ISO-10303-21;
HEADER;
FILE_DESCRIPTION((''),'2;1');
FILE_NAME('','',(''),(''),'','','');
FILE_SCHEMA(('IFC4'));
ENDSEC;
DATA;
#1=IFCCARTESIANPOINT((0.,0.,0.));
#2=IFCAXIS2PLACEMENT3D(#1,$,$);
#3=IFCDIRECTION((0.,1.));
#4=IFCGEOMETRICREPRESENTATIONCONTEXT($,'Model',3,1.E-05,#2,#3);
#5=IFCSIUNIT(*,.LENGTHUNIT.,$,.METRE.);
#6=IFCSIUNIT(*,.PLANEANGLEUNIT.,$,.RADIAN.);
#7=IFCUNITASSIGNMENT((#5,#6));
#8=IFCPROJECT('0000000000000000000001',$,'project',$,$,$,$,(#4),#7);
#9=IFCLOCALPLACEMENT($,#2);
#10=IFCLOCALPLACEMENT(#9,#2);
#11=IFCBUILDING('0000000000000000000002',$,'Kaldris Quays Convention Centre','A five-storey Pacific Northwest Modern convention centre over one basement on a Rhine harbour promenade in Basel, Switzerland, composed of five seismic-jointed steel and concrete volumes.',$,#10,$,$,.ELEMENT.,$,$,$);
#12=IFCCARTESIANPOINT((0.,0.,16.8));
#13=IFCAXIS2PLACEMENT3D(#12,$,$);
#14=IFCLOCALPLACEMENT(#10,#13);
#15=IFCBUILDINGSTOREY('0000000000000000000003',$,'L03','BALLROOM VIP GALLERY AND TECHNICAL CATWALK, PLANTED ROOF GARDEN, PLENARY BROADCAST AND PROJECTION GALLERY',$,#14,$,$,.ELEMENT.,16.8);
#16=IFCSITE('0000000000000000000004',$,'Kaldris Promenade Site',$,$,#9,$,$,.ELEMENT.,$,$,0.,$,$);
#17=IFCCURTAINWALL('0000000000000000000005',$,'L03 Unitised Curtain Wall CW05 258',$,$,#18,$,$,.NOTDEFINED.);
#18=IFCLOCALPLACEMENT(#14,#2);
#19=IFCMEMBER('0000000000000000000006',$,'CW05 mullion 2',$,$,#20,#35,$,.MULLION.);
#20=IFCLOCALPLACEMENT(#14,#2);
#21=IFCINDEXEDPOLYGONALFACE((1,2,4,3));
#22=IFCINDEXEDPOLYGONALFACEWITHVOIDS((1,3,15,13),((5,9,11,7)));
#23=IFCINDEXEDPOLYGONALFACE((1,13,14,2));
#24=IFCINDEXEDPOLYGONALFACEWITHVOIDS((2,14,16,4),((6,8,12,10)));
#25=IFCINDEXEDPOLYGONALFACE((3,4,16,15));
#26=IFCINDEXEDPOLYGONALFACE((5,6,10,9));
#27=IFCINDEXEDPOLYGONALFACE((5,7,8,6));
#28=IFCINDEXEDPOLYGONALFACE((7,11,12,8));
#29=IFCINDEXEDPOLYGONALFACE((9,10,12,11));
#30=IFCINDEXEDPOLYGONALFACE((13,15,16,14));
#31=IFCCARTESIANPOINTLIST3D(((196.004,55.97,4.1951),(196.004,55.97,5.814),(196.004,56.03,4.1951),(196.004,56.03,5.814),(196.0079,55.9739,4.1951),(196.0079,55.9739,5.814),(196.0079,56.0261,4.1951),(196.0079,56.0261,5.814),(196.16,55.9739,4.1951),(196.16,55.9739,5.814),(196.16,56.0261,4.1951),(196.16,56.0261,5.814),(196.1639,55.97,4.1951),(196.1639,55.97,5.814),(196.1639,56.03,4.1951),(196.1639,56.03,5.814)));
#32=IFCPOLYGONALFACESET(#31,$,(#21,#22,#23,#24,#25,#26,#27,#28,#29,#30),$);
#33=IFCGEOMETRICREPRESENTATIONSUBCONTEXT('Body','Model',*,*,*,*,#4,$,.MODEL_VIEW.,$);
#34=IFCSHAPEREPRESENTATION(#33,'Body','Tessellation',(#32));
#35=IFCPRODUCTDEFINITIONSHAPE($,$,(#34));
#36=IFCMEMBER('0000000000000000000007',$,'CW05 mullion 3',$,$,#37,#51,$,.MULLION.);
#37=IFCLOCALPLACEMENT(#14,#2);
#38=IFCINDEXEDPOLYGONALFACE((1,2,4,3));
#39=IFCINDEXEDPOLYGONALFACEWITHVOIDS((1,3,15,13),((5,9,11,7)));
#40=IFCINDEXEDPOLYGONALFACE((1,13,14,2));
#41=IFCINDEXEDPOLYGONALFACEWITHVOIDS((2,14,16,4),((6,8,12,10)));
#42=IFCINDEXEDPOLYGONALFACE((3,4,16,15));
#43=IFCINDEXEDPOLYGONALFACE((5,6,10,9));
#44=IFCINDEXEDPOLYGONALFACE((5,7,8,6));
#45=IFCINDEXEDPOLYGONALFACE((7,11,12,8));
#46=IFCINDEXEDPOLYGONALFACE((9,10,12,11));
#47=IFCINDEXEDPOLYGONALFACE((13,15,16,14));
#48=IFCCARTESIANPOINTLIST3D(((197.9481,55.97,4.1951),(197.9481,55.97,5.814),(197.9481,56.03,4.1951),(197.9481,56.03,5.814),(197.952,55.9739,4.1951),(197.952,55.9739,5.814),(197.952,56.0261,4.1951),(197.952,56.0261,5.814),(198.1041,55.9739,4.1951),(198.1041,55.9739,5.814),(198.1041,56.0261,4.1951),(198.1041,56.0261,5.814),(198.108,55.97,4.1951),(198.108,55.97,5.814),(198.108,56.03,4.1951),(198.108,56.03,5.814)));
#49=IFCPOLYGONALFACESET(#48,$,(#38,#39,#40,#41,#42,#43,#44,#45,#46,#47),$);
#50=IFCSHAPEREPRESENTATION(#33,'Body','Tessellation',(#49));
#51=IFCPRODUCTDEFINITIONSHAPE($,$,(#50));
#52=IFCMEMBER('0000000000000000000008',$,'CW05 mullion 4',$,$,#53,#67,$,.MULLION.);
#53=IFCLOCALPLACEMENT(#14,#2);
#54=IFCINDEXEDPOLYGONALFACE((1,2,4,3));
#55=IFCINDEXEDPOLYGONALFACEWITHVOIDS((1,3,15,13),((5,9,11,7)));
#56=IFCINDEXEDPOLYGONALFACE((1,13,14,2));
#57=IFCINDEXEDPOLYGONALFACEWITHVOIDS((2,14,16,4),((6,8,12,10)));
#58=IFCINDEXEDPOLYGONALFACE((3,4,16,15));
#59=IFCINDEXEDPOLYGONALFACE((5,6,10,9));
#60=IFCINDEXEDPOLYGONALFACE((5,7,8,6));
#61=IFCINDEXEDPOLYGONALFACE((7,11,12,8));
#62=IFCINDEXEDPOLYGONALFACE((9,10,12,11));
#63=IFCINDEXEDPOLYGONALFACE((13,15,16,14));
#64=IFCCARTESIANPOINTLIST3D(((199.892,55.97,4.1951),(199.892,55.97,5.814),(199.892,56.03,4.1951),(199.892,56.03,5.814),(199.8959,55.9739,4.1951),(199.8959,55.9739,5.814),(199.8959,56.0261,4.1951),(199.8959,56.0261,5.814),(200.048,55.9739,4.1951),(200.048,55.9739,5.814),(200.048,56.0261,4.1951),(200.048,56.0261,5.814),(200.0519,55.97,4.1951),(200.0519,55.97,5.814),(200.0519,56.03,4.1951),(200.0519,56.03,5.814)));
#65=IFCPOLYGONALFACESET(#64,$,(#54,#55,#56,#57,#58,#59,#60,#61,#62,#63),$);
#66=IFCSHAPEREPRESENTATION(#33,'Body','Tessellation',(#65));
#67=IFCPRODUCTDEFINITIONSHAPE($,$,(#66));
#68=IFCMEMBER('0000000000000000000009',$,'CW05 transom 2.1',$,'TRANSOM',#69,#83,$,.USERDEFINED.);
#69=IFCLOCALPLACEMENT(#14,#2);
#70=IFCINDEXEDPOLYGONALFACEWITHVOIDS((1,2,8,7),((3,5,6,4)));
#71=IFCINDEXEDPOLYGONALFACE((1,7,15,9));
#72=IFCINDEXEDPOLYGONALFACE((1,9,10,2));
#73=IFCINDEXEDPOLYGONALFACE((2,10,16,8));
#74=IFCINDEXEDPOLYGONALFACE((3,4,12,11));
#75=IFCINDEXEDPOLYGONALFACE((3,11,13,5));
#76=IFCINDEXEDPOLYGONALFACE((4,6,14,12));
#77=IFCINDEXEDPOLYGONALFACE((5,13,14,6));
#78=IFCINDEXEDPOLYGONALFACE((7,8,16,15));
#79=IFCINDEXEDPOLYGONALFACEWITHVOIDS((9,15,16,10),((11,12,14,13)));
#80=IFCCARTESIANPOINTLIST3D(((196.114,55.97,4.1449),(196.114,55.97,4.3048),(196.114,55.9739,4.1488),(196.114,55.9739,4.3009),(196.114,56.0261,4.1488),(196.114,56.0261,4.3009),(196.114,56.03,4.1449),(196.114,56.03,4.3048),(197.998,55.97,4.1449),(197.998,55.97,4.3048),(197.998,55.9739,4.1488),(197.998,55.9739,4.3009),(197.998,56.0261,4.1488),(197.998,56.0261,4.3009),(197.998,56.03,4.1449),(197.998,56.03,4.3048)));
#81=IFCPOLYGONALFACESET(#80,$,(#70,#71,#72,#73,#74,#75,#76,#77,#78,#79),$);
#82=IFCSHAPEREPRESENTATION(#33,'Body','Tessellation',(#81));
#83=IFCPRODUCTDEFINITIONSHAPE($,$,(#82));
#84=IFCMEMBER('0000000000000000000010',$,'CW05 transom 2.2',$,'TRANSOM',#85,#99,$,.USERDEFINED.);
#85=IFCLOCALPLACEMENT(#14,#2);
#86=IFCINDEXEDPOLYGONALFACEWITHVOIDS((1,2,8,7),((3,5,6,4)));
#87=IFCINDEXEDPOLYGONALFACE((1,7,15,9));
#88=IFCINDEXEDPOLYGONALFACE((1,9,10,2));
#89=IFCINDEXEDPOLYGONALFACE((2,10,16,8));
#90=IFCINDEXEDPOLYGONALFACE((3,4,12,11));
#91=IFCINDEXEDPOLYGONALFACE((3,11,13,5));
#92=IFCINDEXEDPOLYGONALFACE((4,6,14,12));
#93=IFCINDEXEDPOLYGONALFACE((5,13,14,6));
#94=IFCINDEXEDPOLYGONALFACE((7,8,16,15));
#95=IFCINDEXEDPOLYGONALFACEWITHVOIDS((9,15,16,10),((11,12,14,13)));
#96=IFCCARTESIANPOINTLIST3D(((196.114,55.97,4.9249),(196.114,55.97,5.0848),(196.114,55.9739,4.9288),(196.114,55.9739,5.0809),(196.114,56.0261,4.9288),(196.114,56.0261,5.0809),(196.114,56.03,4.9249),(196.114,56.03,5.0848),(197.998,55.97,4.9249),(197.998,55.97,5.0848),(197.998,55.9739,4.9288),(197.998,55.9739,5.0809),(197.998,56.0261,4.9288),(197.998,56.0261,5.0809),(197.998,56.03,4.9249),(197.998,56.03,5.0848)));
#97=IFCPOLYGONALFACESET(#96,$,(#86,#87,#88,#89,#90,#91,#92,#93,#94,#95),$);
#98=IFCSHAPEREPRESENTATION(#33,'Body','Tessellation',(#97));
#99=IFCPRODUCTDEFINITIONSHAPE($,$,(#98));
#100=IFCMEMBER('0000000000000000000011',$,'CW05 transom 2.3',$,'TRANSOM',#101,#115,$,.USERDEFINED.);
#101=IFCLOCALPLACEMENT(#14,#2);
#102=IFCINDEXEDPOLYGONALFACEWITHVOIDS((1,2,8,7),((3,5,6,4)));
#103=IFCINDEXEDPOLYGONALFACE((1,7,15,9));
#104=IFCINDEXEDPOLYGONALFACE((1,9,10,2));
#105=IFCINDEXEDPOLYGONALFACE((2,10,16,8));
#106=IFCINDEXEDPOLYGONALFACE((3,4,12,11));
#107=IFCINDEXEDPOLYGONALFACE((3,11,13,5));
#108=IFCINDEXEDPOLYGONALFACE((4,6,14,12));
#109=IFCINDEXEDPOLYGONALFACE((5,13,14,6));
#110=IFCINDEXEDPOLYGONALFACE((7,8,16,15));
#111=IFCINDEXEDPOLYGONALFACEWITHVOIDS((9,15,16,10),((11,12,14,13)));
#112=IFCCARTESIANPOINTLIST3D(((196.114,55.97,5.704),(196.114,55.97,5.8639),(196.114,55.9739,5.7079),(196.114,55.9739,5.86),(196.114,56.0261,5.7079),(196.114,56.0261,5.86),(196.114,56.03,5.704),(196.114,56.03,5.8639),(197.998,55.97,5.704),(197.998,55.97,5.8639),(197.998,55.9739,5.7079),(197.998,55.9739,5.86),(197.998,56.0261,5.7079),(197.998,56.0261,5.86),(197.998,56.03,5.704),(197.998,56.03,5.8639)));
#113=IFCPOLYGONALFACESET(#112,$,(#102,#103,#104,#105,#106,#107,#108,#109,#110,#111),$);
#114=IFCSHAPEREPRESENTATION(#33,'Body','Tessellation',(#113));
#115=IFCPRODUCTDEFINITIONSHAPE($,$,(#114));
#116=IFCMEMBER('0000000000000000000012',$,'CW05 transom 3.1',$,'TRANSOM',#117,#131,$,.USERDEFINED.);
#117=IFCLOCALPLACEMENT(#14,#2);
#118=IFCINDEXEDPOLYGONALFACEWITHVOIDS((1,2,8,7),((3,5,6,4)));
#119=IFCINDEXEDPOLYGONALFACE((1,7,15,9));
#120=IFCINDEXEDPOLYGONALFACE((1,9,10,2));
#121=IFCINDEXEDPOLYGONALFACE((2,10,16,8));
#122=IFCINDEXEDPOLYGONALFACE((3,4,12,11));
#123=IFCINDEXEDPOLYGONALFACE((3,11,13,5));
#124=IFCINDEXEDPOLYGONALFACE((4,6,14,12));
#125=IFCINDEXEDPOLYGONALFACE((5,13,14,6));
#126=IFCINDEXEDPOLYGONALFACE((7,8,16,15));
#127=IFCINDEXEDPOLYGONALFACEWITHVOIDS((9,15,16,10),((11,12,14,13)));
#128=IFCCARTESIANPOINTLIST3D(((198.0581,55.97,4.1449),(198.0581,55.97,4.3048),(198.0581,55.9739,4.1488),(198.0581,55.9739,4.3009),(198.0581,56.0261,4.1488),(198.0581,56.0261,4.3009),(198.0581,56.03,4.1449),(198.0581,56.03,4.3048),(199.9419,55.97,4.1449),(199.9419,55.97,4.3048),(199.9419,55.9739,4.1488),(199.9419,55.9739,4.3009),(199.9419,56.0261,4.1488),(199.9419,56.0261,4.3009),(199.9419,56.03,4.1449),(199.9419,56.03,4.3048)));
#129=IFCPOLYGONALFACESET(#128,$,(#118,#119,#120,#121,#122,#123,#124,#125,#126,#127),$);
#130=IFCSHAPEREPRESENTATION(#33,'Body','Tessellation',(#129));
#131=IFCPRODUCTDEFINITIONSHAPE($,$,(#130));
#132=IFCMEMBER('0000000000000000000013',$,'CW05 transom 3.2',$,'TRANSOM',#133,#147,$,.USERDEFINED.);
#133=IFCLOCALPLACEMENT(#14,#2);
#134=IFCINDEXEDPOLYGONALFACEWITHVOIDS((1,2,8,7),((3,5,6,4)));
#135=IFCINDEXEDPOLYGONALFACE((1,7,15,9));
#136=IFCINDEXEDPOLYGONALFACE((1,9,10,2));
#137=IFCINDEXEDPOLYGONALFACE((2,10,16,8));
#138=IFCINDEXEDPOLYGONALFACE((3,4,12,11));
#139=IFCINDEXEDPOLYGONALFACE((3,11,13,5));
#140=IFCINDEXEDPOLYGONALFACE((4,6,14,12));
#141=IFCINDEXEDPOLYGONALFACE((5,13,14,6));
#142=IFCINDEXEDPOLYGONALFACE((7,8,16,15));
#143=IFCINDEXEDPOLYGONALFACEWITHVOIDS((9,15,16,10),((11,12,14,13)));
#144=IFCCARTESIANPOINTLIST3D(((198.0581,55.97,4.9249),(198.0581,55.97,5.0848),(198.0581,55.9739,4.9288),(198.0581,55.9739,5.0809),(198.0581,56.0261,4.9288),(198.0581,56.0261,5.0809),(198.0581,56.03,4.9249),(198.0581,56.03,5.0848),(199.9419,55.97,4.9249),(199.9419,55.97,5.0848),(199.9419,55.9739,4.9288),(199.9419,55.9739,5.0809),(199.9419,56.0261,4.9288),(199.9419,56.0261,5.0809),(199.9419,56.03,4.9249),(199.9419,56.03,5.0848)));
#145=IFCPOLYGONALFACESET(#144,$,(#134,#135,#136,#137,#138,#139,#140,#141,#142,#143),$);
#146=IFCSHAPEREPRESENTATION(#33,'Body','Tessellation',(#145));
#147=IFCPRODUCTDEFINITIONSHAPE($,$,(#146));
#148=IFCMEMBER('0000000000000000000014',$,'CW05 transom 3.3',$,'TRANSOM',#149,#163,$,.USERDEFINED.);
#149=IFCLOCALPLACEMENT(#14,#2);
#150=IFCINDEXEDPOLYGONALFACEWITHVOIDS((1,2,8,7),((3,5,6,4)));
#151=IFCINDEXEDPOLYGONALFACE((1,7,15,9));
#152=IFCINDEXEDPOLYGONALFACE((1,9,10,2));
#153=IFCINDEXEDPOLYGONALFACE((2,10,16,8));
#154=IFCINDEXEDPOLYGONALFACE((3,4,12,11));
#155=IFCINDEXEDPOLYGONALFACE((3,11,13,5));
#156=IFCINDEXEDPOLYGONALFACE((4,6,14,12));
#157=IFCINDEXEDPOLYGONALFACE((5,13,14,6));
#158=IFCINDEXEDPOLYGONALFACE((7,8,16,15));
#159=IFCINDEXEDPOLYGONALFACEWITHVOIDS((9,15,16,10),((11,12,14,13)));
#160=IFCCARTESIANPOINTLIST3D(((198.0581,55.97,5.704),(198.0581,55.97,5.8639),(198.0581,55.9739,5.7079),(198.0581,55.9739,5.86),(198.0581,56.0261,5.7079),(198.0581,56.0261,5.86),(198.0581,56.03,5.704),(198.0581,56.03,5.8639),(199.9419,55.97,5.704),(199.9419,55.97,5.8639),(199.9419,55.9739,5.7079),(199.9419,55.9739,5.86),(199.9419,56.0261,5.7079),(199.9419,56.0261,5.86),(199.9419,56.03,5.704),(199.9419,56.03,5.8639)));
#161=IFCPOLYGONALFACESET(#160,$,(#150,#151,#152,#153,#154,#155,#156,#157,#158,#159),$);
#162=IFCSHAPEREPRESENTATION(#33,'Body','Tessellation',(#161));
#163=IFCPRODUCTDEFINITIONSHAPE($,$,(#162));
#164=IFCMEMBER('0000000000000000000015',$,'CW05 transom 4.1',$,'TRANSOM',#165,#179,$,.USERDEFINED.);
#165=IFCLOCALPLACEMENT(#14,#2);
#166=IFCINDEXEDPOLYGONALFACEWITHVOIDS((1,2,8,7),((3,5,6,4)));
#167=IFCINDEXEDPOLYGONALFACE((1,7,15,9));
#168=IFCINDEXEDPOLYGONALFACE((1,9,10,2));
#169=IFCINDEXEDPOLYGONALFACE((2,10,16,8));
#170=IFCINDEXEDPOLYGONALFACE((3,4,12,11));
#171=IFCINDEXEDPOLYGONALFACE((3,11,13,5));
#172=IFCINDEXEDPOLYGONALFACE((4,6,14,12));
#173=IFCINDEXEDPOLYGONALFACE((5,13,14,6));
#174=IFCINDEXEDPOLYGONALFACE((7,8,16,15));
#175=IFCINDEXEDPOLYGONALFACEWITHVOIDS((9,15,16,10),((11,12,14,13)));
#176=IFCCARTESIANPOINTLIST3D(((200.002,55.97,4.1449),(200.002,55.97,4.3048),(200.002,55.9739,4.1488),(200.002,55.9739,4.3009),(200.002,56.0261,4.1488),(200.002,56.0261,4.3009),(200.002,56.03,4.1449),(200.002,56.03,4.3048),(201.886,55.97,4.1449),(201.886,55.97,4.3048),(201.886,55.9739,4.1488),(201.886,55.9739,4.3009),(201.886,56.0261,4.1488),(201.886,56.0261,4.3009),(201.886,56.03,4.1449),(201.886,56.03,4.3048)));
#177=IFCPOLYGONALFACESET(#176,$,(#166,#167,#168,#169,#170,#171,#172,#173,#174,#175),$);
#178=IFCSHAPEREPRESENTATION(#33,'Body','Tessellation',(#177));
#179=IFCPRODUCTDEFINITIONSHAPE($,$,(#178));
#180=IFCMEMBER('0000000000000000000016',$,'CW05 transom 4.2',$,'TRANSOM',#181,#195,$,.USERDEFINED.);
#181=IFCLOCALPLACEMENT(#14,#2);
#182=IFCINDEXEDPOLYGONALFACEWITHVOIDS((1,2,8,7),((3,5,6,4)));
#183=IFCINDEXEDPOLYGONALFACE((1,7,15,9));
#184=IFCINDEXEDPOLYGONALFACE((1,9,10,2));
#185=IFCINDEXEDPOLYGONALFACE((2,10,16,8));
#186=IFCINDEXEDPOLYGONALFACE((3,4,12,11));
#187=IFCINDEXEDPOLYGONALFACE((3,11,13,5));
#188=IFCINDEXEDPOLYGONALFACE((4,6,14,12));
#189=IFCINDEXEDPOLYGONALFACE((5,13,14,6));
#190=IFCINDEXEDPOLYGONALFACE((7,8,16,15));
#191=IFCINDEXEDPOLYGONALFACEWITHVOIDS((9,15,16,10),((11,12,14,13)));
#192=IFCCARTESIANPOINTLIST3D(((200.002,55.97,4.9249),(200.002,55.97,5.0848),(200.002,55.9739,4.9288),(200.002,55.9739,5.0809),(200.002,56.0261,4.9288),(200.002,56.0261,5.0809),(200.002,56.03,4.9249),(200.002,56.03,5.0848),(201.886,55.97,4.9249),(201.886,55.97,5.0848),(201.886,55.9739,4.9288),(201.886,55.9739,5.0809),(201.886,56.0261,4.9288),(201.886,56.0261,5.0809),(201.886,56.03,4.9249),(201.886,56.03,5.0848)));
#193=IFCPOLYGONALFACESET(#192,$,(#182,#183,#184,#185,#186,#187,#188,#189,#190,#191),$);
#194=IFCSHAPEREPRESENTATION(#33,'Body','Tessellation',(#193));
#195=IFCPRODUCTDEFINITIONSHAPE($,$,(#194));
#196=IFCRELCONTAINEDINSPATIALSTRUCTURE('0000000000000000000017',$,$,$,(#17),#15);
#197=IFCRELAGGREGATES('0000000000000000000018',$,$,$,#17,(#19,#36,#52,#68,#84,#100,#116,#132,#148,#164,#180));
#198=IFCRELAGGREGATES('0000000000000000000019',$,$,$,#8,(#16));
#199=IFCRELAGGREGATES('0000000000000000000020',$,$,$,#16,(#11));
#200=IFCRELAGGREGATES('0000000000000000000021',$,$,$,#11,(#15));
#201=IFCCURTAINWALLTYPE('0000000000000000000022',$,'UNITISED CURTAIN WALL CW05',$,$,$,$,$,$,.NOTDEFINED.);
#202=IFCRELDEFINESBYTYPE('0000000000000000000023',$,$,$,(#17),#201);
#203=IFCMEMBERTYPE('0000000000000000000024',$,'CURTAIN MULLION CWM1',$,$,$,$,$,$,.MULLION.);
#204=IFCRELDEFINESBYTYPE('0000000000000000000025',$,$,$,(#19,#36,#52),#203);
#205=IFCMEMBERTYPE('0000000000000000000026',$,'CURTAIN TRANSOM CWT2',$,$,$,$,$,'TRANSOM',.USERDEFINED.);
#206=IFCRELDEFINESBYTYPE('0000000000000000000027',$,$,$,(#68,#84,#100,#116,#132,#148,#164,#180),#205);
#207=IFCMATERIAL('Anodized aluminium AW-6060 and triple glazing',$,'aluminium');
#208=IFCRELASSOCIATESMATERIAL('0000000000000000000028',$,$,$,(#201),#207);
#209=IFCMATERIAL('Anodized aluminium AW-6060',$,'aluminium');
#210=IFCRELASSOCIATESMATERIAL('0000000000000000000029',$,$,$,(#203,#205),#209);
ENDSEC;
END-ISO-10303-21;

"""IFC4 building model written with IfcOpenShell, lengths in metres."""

from ifc_helpers import new_model, si_unit, direction, frame, origin, origin_2d, place, context, subcontext, project, spatial, hollow_rectangle, extrude, material, material_profile, profile_set, type_object, element, aggregate, save


model = new_model("IFC4")

# Units and contexts
model_context = context("Model", 3, precision=1e-05, world=origin(), true_north=direction((0.0, 1.0)))
body_context = subcontext(model_context, "Body", "Model", "MODEL_VIEW")
ifc_project = project(units=[si_unit("LENGTHUNIT", "METRE"), si_unit("PLANEANGLEUNIT", "RADIAN")], contexts=[model_context])

# Site, building, storey
site_placement = place(None, origin())
site = spatial("IfcSite", under=ifc_project, at=site_placement, Name="Kaldris Promenade Site", CompositionType="ELEMENT", RefElevation=0.0)
building_placement = place(site_placement, origin())
building = spatial("IfcBuilding", under=site, at=building_placement, Name="Kaldris Quays Convention Centre", Description="A five-storey Pacific Northwest Modern convention centre over one basement on a Rhine harbour promenade in Basel, Switzerland, composed of five seismic-jointed steel and concrete volumes.", CompositionType="ELEMENT")
storey_placement = place(building_placement, frame((0.0, 0.0, 16.8)))
storey = spatial("IfcBuildingStorey", under=building, at=storey_placement, Name="L03", Description="BALLROOM VIP GALLERY AND TECHNICAL CATWALK, PLANTED ROOF GARDEN, PLENARY BROADCAST AND PROJECTION GALLERY", CompositionType="ELEMENT", Elevation=16.8)

# Curtain wall, members
ifc_material_1 = material(Name="Anodized aluminium AW-6060 and triple glazing", Category="aluminium")
curtain_wall_type = type_object("IfcCurtainWallType", Name="UNITISED CURTAIN WALL CW05", PredefinedType="NOTDEFINED", material=ifc_material_1)
curtain_wall_placement = place(storey_placement, origin())
curtain_wall = element("IfcCurtainWall", 1, at=curtain_wall_placement, inside=storey, type_object=curtain_wall_type, Name="L03 Unitised Curtain Wall CW05 258", PredefinedType="NOTDEFINED")
ifc_material_2 = material(Name="Anodized aluminium AW-6060", Category="aluminium")
ifc_material_profile_1 = material_profile(ifc_material_2, hollow_rectangle(XDim=0.0601, YDim=0.1599, WallThickness=0.0039, at=origin_2d()), Name="RHS 160x60x4")
ifc_profile_set_1 = profile_set([ifc_material_profile_1], Name="Anodized aluminium AW-6060")
member_type_1 = type_object("IfcMemberType", Name="CURTAIN MULLION CWM1", PredefinedType="MULLION", material=ifc_profile_set_1)
member_1_placement = place(storey_placement, frame((196.084, 56.0, 4.1951), z_axis=(0.0, 0.0, 1.0), x_axis=(0.0, 1.0, 0.0)))
member_1 = element("IfcMember", 2, at=member_1_placement, type_object=member_type_1, Name="CW05 mullion 2", PredefinedType="MULLION", context=body_context, shape_type="SweptSolid", body=[
    extrude(hollow_rectangle(XDim=0.0601, YDim=0.1599, WallThickness=0.0039, at=origin_2d()), origin(), (0.0, 0.0, 1.0), 1.6189),
])
member_2_placement = place(storey_placement, frame((198.0281, 56.0, 4.1951), z_axis=(0.0, 0.0, 1.0), x_axis=(0.0, 1.0, 0.0)))
member_2 = element("IfcMember", 3, at=member_2_placement, type_object=member_type_1, Name="CW05 mullion 3", PredefinedType="MULLION", context=body_context, shape_type="SweptSolid", body=[
    extrude(hollow_rectangle(XDim=0.0601, YDim=0.1599, WallThickness=0.0039, at=origin_2d()), origin(), (0.0, 0.0, 1.0), 1.6189),
])
member_3_placement = place(storey_placement, frame((199.9719, 56.0, 4.1951), z_axis=(0.0, 0.0, 1.0), x_axis=(0.0, 1.0, 0.0)))
member_3 = element("IfcMember", 4, at=member_3_placement, type_object=member_type_1, Name="CW05 mullion 4", PredefinedType="MULLION", context=body_context, shape_type="SweptSolid", body=[
    extrude(hollow_rectangle(XDim=0.0601, YDim=0.1599, WallThickness=0.0039, at=origin_2d()), origin(), (0.0, 0.0, 1.0), 1.6189),
])
ifc_material_profile_2 = material_profile(ifc_material_2, hollow_rectangle(XDim=0.0601, YDim=0.1599, WallThickness=0.0039, at=origin_2d()), Name="RHS 160x60x4")
ifc_profile_set_2 = profile_set([ifc_material_profile_2], Name="Anodized aluminium AW-6060")
member_type_2 = type_object("IfcMemberType", Name="CURTAIN TRANSOM CWT2", ElementType="TRANSOM", PredefinedType="USERDEFINED", material=ifc_profile_set_2)
member_4_placement = place(storey_placement, frame((196.114, 56.0, 4.2249), z_axis=(1.0, 0.0, 0.0), x_axis=(0.0, 1.0, 0.0)))
member_4 = element("IfcMember", 5, at=member_4_placement, type_object=member_type_2, Name="CW05 transom 2.1", ObjectType="TRANSOM", PredefinedType="USERDEFINED", context=body_context, shape_type="SweptSolid", body=[
    extrude(hollow_rectangle(XDim=0.0601, YDim=0.1599, WallThickness=0.0039, at=origin_2d()), origin(), (0.0, 0.0, 1.0), 1.884),
])
member_5_placement = place(storey_placement, frame((196.114, 56.0, 5.0049), z_axis=(1.0, 0.0, 0.0), x_axis=(0.0, 1.0, 0.0)))
member_5 = element("IfcMember", 6, at=member_5_placement, type_object=member_type_2, Name="CW05 transom 2.2", ObjectType="TRANSOM", PredefinedType="USERDEFINED", context=body_context, shape_type="SweptSolid", body=[
    extrude(hollow_rectangle(XDim=0.0601, YDim=0.1599, WallThickness=0.0039, at=origin_2d()), origin(), (0.0, 0.0, 1.0), 1.884),
])
member_6_placement = place(storey_placement, frame((196.114, 56.0, 5.7839), z_axis=(1.0, 0.0, 0.0), x_axis=(0.0, 1.0, 0.0)))
member_6 = element("IfcMember", 7, at=member_6_placement, type_object=member_type_2, Name="CW05 transom 2.3", ObjectType="TRANSOM", PredefinedType="USERDEFINED", context=body_context, shape_type="SweptSolid", body=[
    extrude(hollow_rectangle(XDim=0.0601, YDim=0.1599, WallThickness=0.0039, at=origin_2d()), origin(), (0.0, 0.0, 1.0), 1.884),
])
member_7_placement = place(storey_placement, frame((198.0581, 56.0, 4.2249), z_axis=(1.0, 0.0, 0.0), x_axis=(0.0, 1.0, 0.0)))
member_7 = element("IfcMember", 8, at=member_7_placement, type_object=member_type_2, Name="CW05 transom 3.1", ObjectType="TRANSOM", PredefinedType="USERDEFINED", context=body_context, shape_type="SweptSolid", body=[
    extrude(hollow_rectangle(XDim=0.0601, YDim=0.1599, WallThickness=0.0039, at=origin_2d()), origin(), (0.0, 0.0, 1.0), 1.8838),
])
member_8_placement = place(storey_placement, frame((198.0581, 56.0, 5.0049), z_axis=(1.0, 0.0, 0.0), x_axis=(0.0, 1.0, 0.0)))
member_8 = element("IfcMember", 9, at=member_8_placement, type_object=member_type_2, Name="CW05 transom 3.2", ObjectType="TRANSOM", PredefinedType="USERDEFINED", context=body_context, shape_type="SweptSolid", body=[
    extrude(hollow_rectangle(XDim=0.0601, YDim=0.1599, WallThickness=0.0039, at=origin_2d()), origin(), (0.0, 0.0, 1.0), 1.8838),
])
member_9_placement = place(storey_placement, frame((198.0581, 56.0, 5.7839), z_axis=(1.0, 0.0, 0.0), x_axis=(0.0, 1.0, 0.0)))
member_9 = element("IfcMember", 10, at=member_9_placement, type_object=member_type_2, Name="CW05 transom 3.3", ObjectType="TRANSOM", PredefinedType="USERDEFINED", context=body_context, shape_type="SweptSolid", body=[
    extrude(hollow_rectangle(XDim=0.0601, YDim=0.1599, WallThickness=0.0039, at=origin_2d()), origin(), (0.0, 0.0, 1.0), 1.8838),
])
member_10_placement = place(storey_placement, frame((200.002, 56.0, 4.2249), z_axis=(1.0, 0.0, 0.0), x_axis=(0.0, 1.0, 0.0)))
member_10 = element("IfcMember", 11, at=member_10_placement, type_object=member_type_2, Name="CW05 transom 4.1", ObjectType="TRANSOM", PredefinedType="USERDEFINED", context=body_context, shape_type="SweptSolid", body=[
    extrude(hollow_rectangle(XDim=0.0601, YDim=0.1599, WallThickness=0.0039, at=origin_2d()), origin(), (0.0, 0.0, 1.0), 1.884),
])
member_11_placement = place(storey_placement, frame((200.002, 56.0, 5.0049), z_axis=(1.0, 0.0, 0.0), x_axis=(0.0, 1.0, 0.0)))
member_11 = element("IfcMember", 12, at=member_11_placement, type_object=member_type_2, Name="CW05 transom 4.2", ObjectType="TRANSOM", PredefinedType="USERDEFINED", context=body_context, shape_type="SweptSolid", body=[
    extrude(hollow_rectangle(XDim=0.0601, YDim=0.1599, WallThickness=0.0039, at=origin_2d()), origin(), (0.0, 0.0, 1.0), 1.884),
])

aggregate(curtain_wall, [member_1, member_2, member_3, member_4, member_5, member_6, member_7, member_8, member_9, member_10, member_11])

save(model, "model.ifc")
